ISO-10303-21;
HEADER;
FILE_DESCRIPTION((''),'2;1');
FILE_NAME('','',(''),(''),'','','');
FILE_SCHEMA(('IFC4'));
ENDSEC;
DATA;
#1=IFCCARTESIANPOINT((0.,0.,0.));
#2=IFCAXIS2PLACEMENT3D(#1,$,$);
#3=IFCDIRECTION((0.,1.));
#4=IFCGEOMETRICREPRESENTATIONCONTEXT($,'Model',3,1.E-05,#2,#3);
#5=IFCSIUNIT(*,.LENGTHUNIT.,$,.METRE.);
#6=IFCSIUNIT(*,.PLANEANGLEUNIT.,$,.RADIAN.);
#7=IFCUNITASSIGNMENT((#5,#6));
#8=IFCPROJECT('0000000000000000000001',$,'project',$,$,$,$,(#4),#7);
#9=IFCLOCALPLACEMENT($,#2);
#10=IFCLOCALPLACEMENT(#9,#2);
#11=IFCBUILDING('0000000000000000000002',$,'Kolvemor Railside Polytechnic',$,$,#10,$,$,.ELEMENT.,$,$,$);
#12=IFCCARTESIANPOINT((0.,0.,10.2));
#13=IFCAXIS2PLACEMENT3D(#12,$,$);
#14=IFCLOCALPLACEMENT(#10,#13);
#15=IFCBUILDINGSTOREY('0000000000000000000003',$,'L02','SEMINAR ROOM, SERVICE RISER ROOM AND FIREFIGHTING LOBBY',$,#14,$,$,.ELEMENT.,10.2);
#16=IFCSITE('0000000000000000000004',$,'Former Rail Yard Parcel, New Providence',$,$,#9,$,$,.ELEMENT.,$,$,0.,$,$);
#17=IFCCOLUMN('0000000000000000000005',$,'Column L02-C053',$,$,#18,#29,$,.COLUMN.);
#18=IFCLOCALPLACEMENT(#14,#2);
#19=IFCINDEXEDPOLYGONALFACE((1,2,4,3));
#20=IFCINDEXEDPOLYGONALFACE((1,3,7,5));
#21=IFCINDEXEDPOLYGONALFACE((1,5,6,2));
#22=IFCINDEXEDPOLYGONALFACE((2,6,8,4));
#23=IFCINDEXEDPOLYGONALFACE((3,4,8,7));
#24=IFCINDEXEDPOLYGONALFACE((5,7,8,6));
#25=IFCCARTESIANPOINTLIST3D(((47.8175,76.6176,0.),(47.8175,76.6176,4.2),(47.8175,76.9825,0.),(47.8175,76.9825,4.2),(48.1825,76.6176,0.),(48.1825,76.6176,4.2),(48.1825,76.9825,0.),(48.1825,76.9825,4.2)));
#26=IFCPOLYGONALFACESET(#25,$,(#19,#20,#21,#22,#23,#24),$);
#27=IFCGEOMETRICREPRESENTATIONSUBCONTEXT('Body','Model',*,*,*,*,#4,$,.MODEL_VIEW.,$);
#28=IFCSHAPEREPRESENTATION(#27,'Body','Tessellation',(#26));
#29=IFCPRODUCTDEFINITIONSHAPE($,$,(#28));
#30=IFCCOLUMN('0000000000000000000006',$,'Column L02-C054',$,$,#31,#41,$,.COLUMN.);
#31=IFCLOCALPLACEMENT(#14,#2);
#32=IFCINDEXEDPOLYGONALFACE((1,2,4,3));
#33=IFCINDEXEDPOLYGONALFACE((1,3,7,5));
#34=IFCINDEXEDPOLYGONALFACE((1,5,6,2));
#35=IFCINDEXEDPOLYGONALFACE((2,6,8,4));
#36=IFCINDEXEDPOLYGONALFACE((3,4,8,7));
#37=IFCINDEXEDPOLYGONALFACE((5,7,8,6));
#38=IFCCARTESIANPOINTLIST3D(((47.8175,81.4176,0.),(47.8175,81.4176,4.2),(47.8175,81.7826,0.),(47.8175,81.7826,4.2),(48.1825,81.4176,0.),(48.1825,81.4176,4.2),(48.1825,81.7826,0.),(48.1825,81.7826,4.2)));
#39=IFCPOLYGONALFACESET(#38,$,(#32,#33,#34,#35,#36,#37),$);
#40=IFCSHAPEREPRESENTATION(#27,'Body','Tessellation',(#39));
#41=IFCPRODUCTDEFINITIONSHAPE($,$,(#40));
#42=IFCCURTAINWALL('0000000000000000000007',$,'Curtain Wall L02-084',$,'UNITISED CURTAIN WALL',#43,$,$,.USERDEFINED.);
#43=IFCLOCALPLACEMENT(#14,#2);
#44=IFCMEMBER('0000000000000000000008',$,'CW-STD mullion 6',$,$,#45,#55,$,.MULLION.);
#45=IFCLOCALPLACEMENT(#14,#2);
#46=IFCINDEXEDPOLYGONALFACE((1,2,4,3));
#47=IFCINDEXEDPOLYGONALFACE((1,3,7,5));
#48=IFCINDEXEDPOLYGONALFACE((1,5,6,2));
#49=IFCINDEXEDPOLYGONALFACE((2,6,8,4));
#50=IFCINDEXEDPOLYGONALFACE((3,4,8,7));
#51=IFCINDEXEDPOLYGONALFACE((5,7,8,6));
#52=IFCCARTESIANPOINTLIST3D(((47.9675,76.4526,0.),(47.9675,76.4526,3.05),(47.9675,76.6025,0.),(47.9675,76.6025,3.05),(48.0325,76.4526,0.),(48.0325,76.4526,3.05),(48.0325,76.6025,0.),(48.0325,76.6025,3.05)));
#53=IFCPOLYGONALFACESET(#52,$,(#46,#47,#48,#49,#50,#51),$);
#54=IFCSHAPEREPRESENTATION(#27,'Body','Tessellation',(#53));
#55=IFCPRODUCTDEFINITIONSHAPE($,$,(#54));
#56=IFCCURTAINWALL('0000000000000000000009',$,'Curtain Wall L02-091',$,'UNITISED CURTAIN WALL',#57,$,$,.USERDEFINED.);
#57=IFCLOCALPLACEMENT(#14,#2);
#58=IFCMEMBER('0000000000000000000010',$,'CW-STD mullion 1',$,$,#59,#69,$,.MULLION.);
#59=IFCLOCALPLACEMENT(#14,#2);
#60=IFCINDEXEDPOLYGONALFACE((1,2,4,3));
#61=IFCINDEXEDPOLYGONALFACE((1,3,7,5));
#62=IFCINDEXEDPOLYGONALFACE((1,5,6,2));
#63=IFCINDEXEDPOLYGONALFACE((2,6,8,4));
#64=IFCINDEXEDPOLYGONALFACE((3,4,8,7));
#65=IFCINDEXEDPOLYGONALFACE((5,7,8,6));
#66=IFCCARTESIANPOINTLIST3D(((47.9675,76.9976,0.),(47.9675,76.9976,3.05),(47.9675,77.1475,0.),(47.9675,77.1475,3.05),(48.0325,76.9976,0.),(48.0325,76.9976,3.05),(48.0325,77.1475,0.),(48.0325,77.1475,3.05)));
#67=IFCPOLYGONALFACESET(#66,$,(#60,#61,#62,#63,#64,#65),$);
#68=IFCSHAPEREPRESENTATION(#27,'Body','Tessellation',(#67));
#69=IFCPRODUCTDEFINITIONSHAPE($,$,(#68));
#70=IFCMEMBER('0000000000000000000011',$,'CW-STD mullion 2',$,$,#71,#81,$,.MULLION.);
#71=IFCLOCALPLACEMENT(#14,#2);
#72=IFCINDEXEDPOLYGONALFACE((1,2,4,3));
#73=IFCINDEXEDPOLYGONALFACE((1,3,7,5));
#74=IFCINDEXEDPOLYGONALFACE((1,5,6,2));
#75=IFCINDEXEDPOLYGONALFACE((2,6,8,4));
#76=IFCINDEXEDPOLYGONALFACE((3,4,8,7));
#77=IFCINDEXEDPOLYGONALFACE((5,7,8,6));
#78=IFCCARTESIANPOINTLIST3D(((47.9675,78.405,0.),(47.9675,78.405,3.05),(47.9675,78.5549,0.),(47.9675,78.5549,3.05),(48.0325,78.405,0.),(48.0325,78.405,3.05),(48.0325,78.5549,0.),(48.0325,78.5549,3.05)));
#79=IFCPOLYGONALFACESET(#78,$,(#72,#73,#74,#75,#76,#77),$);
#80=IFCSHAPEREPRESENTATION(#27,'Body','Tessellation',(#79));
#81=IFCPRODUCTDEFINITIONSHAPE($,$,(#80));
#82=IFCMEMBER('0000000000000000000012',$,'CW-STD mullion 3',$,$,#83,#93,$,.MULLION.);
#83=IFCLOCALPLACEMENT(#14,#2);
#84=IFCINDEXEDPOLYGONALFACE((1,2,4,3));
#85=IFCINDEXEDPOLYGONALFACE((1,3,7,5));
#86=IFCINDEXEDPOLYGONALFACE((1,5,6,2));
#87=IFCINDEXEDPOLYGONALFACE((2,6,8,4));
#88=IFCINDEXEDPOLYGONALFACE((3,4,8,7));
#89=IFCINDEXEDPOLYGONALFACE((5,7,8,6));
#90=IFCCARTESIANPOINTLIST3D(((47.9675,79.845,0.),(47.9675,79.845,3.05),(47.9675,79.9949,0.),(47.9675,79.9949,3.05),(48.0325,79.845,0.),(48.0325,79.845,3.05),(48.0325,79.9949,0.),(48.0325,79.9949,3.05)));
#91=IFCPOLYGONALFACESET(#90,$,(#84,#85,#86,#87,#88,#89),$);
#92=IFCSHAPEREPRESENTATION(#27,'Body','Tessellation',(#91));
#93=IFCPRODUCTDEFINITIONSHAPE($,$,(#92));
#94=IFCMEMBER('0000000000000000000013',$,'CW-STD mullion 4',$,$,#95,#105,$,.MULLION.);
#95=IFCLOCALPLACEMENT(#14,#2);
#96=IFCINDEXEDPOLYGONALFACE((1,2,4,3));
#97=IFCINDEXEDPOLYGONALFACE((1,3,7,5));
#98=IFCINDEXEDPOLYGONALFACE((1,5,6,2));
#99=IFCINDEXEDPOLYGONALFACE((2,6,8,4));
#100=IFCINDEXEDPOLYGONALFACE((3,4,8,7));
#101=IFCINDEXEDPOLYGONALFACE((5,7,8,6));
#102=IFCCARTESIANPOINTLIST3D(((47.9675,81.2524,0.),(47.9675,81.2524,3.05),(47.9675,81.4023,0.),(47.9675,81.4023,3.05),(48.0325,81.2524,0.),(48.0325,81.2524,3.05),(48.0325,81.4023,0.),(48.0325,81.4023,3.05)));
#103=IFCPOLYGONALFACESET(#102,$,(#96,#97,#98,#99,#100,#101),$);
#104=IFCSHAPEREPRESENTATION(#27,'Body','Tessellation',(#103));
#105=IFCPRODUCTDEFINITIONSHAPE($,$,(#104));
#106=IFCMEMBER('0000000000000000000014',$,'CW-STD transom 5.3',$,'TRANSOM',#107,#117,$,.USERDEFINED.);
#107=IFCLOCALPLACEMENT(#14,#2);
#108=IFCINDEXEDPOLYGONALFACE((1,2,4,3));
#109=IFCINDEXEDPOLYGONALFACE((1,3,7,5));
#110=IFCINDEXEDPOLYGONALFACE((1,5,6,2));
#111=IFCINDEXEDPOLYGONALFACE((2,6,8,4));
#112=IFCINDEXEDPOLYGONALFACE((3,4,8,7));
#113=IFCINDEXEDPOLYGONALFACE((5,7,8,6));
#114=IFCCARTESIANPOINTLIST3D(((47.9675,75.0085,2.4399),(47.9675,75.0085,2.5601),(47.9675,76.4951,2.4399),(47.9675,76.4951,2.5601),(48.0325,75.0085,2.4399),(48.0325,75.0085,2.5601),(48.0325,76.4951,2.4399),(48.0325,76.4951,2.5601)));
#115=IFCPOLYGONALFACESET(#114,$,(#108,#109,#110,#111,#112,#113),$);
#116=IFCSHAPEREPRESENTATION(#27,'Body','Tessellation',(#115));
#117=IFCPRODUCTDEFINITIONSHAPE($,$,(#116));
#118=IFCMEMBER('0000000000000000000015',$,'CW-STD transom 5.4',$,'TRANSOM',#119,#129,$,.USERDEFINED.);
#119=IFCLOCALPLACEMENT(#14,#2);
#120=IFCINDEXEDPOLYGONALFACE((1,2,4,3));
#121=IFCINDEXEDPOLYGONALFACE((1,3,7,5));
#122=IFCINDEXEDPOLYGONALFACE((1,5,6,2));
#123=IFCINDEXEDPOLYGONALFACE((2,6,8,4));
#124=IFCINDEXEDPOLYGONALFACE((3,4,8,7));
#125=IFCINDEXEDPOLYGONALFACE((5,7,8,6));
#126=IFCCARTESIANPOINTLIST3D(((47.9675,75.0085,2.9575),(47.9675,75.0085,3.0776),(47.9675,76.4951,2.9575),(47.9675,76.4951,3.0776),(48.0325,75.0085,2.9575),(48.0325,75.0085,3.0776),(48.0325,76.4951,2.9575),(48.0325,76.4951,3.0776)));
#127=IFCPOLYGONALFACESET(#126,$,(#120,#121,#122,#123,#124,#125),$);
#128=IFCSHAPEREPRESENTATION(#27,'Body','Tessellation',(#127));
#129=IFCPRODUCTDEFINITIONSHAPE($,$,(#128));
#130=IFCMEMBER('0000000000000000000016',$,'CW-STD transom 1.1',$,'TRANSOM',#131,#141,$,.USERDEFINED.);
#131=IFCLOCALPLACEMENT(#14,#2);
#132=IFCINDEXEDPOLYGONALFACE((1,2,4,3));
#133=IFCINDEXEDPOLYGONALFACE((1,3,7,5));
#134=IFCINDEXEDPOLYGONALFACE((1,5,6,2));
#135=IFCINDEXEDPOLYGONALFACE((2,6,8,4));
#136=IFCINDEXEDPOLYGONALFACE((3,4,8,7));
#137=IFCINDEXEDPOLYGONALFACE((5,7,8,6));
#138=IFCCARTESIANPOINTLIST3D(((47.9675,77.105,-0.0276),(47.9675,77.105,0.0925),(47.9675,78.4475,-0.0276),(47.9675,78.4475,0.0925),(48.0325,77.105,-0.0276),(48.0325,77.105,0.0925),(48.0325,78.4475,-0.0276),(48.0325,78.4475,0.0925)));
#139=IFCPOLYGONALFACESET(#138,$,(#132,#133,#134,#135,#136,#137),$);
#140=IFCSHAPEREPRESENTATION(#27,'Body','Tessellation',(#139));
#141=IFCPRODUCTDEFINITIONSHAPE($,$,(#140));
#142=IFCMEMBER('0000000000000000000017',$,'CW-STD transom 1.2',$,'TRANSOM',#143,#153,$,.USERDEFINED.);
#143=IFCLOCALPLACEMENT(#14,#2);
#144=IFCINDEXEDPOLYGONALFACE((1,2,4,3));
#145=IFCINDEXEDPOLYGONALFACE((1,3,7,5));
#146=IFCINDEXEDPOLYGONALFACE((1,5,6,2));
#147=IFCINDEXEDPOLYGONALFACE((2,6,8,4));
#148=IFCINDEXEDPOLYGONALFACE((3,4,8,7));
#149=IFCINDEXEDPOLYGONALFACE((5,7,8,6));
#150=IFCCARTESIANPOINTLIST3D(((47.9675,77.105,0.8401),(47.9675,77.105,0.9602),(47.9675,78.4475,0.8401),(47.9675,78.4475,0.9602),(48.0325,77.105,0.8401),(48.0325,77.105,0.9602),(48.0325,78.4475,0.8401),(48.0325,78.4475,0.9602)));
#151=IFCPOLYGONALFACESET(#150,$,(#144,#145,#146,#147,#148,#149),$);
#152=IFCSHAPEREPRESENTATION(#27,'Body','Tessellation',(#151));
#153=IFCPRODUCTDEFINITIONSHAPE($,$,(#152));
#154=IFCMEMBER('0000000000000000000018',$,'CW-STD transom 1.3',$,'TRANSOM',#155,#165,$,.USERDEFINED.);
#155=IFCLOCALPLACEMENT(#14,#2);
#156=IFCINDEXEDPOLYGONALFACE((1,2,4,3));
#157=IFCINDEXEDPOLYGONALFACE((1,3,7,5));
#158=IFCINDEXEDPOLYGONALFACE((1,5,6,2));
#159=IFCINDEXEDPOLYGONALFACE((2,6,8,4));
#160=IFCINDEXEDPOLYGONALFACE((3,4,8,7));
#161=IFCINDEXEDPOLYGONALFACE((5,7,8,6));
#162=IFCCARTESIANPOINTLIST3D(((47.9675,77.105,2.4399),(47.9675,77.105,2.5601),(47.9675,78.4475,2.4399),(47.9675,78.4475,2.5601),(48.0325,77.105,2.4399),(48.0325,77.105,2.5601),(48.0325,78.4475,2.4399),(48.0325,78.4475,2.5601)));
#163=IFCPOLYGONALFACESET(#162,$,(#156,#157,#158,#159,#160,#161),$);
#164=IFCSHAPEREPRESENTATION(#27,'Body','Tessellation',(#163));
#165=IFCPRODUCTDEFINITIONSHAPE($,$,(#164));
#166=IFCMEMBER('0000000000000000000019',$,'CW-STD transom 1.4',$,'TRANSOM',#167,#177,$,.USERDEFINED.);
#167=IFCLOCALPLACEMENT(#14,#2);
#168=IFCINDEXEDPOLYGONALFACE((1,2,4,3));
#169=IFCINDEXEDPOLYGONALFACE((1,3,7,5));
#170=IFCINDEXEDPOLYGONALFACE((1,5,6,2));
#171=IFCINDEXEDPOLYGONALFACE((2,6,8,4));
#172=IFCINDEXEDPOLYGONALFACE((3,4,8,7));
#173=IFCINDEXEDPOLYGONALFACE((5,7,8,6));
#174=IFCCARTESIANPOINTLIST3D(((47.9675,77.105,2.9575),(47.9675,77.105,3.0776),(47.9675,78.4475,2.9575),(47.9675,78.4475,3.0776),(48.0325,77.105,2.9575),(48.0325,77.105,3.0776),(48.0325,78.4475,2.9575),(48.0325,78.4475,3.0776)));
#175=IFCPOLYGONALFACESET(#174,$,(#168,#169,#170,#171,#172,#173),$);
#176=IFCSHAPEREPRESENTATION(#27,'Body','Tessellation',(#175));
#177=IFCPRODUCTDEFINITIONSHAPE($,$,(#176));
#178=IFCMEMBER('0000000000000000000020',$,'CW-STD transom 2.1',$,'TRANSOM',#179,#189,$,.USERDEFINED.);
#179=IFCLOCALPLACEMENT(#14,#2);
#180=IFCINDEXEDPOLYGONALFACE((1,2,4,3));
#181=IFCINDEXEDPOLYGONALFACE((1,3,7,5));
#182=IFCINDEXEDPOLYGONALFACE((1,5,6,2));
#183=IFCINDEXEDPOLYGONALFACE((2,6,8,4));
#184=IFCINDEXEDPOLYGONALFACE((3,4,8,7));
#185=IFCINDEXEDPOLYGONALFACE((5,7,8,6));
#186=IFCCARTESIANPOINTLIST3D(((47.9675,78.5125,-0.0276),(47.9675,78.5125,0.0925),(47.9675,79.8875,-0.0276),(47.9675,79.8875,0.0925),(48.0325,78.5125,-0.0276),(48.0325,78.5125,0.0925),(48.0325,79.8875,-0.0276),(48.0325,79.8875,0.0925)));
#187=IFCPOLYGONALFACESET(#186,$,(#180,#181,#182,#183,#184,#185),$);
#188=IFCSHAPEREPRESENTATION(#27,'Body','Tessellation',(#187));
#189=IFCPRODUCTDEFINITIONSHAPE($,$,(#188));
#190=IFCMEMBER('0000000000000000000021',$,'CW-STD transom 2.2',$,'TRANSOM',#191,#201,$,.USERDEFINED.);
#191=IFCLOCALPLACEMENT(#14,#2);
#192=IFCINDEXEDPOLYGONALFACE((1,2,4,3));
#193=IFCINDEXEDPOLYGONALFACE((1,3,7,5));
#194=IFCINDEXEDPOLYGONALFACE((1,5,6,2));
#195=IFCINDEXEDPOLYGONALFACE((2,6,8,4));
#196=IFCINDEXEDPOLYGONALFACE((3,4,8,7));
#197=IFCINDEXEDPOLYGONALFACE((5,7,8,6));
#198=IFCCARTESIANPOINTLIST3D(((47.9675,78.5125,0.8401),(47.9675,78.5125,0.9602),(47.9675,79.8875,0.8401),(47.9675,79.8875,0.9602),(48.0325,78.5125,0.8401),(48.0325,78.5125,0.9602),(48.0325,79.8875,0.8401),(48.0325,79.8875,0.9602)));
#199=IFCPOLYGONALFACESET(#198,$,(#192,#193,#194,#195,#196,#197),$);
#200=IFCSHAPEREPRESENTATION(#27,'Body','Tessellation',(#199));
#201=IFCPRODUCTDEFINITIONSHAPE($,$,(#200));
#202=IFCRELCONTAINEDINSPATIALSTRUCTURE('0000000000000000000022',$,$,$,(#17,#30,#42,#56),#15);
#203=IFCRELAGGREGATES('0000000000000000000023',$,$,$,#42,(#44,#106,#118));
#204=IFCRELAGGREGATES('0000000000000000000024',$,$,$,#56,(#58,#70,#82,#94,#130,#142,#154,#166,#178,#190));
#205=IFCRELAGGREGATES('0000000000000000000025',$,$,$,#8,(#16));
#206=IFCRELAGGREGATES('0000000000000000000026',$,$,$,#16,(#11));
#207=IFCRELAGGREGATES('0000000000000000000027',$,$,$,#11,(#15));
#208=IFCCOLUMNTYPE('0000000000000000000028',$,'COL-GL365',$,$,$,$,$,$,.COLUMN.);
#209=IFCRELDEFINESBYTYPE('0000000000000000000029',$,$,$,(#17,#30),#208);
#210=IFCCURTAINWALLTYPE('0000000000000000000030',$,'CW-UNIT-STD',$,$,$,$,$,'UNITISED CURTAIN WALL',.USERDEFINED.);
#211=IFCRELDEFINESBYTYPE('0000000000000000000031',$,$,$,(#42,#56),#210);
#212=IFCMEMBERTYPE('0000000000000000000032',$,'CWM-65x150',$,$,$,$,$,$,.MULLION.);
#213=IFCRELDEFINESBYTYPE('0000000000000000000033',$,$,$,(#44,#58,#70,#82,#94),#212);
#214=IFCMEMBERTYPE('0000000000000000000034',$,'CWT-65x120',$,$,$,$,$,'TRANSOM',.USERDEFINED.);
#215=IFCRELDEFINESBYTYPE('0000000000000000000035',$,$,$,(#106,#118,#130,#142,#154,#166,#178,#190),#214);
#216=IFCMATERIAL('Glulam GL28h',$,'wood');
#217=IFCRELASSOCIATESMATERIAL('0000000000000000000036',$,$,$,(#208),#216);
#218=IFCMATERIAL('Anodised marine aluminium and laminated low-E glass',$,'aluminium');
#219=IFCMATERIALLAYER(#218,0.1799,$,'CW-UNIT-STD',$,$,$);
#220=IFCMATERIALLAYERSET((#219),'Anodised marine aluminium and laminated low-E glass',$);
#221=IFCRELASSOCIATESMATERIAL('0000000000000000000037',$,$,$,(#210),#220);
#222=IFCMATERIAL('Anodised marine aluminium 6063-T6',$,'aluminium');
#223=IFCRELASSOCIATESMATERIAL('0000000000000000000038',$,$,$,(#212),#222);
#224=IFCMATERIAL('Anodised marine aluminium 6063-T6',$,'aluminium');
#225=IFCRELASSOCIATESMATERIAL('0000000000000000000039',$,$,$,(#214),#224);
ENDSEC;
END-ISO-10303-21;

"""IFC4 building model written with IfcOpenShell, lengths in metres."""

from ifc_helpers import new_model, si_unit, direction, frame, origin, origin_2d, place, context, subcontext, project, spatial, rectangle, extrude, material, layer, layer_set, material_profile, profile_set, type_object, element, aggregate, save


model = new_model("IFC4")

# Units and contexts
model_context = context("Model", 3, precision=1e-05, world=origin(), true_north=direction((0.0, 1.0)))
body_context = subcontext(model_context, "Body", "Model", "MODEL_VIEW")
ifc_project = project(units=[si_unit("LENGTHUNIT", "METRE"), si_unit("PLANEANGLEUNIT", "RADIAN")], contexts=[model_context])

# Site, building, storey
site_placement = place(None, origin())
site = spatial("IfcSite", under=ifc_project, at=site_placement, Name="Former Rail Yard Parcel, New Providence", CompositionType="ELEMENT", RefElevation=0.0)
building_placement = place(site_placement, origin())
building = spatial("IfcBuilding", under=site, at=building_placement, Name="Kolvemor Railside Polytechnic", CompositionType="ELEMENT")
storey_placement = place(building_placement, frame((0.0, 0.0, 10.2)))
storey = spatial("IfcBuildingStorey", under=building, at=storey_placement, Name="L02", Description="SEMINAR ROOM, SERVICE RISER ROOM AND FIREFIGHTING LOBBY", CompositionType="ELEMENT", Elevation=10.2)

# Columns
ifc_material_1 = material(Name="Glulam GL28h", Category="wood")
ifc_material_profile_1 = material_profile(ifc_material_1, rectangle(XDim=0.365, YDim=0.365, at=origin_2d()), Name="GL365x365")
ifc_profile_set_1 = profile_set([ifc_material_profile_1], Name="Glulam GL28h")
column_type = type_object("IfcColumnType", Name="COL-GL365", PredefinedType="COLUMN", material=ifc_profile_set_1)
for number, where, z_axis, x_axis, name in (
    (1, (48.0, 76.8, 0.0), (0.0, 0.0, 1.0), (1.0, 0.0, 0.0), "Column L02-C053"),
    (2, (48.0, 81.6001, 0.0), (0.0, 0.0, 1.0), (1.0, 0.0, 0.0), "Column L02-C054"),
):
    element("IfcColumn", number, at=place(storey_placement, frame(where, z_axis=z_axis, x_axis=x_axis)), inside=storey, type_object=column_type, Name=name, PredefinedType="COLUMN", context=body_context, shape_type="SweptSolid", body=[
        extrude(rectangle(XDim=0.365, YDim=0.365, at=origin_2d()), origin(), (0.0, 0.0, 1.0), 4.2),
    ])

# Curtain wall, member
ifc_material_2 = material(Name="Anodised marine aluminium and laminated low-E glass", Category="aluminium")
ifc_layer_1 = layer(ifc_material_2, 0.1799, Name="CW-UNIT-STD")
ifc_layer_set_1 = layer_set([ifc_layer_1], Name="Anodised marine aluminium and laminated low-E glass")
curtain_wall_type = type_object("IfcCurtainWallType", Name="CW-UNIT-STD", ElementType="UNITISED CURTAIN WALL", PredefinedType="USERDEFINED", material=ifc_layer_set_1)
curtain_wall_1_placement = place(storey_placement, origin())
curtain_wall_1 = element("IfcCurtainWall", 3, at=curtain_wall_1_placement, inside=storey, type_object=curtain_wall_type, Name="Curtain Wall L02-084", ObjectType="UNITISED CURTAIN WALL", PredefinedType="USERDEFINED")
ifc_material_3 = material(Name="Anodised marine aluminium 6063-T6", Category="aluminium")
ifc_material_profile_2 = material_profile(ifc_material_3, rectangle(XDim=0.0649, YDim=0.1499, at=origin_2d()), Name="CW-MUL-65x150")
ifc_profile_set_2 = profile_set([ifc_material_profile_2], Name="Anodised marine aluminium 6063-T6")
member_type_1 = type_object("IfcMemberType", Name="CWM-65x150", PredefinedType="MULLION", material=ifc_profile_set_2)
member_1_placement = place(storey_placement, frame((48.0, 76.5276, 0.0), z_axis=(0.0, 0.0, 1.0), x_axis=(-1.0, 0.0, 0.0)))
member_1 = element("IfcMember", 4, at=member_1_placement, type_object=member_type_1, Name="CW-STD mullion 6", PredefinedType="MULLION", context=body_context, shape_type="SweptSolid", body=[
    extrude(rectangle(XDim=0.0649, YDim=0.1499, at=origin_2d()), origin(), (0.0, 0.0, 1.0), 3.05),
])

# Curtain wall, members
curtain_wall_2_placement = place(storey_placement, origin())
curtain_wall_2 = element("IfcCurtainWall", 5, at=curtain_wall_2_placement, inside=storey, type_object=curtain_wall_type, Name="Curtain Wall L02-091", ObjectType="UNITISED CURTAIN WALL", PredefinedType="USERDEFINED")
member_2_placement = place(storey_placement, frame((48.0, 77.0725, 0.0), z_axis=(0.0, 0.0, 1.0), x_axis=(-1.0, 0.0, 0.0)))
member_2 = element("IfcMember", 6, at=member_2_placement, type_object=member_type_1, Name="CW-STD mullion 1", PredefinedType="MULLION", context=body_context, shape_type="SweptSolid", body=[
    extrude(rectangle(XDim=0.0649, YDim=0.1499, at=origin_2d()), origin(), (0.0, 0.0, 1.0), 3.05),
])
member_3_placement = place(storey_placement, frame((48.0, 78.48, 0.0), z_axis=(0.0, 0.0, 1.0), x_axis=(-1.0, 0.0, 0.0)))
member_3 = element("IfcMember", 7, at=member_3_placement, type_object=member_type_1, Name="CW-STD mullion 2", PredefinedType="MULLION", context=body_context, shape_type="SweptSolid", body=[
    extrude(rectangle(XDim=0.0649, YDim=0.1499, at=origin_2d()), origin(), (0.0, 0.0, 1.0), 3.05),
])
member_4_placement = place(storey_placement, frame((48.0, 79.9199, 0.0), z_axis=(0.0, 0.0, 1.0), x_axis=(-1.0, 0.0, 0.0)))
member_4 = element("IfcMember", 8, at=member_4_placement, type_object=member_type_1, Name="CW-STD mullion 3", PredefinedType="MULLION", context=body_context, shape_type="SweptSolid", body=[
    extrude(rectangle(XDim=0.0649, YDim=0.1499, at=origin_2d()), origin(), (0.0, 0.0, 1.0), 3.05),
])
member_5_placement = place(storey_placement, frame((48.0, 81.3274, 0.0), z_axis=(0.0, 0.0, 1.0), x_axis=(-1.0, 0.0, 0.0)))
member_5 = element("IfcMember", 9, at=member_5_placement, type_object=member_type_1, Name="CW-STD mullion 4", PredefinedType="MULLION", context=body_context, shape_type="SweptSolid", body=[
    extrude(rectangle(XDim=0.0649, YDim=0.1499, at=origin_2d()), origin(), (0.0, 0.0, 1.0), 3.05),
])

# Members
ifc_material_4 = material(Name="Anodised marine aluminium 6063-T6", Category="aluminium")
ifc_material_profile_3 = material_profile(ifc_material_4, rectangle(XDim=0.0649, YDim=0.1201, at=origin_2d()), Name="CW-TRN-65x120")
ifc_profile_set_3 = profile_set([ifc_material_profile_3], Name="Anodised marine aluminium 6063-T6")
member_type_2 = type_object("IfcMemberType", Name="CWT-65x120", ElementType="TRANSOM", PredefinedType="USERDEFINED", material=ifc_profile_set_3)
member_6_placement = place(storey_placement, frame((48.0, 75.0085, 2.5), z_axis=(0.0, 1.0, 0.0), x_axis=(-1.0, 0.0, 0.0)))
member_6 = element("IfcMember", 10, at=member_6_placement, type_object=member_type_2, Name="CW-STD transom 5.3", ObjectType="TRANSOM", PredefinedType="USERDEFINED", context=body_context, shape_type="SweptSolid", body=[
    extrude(rectangle(XDim=0.0649, YDim=0.1201, at=origin_2d()), origin(), (0.0, 0.0, 1.0), 1.4866),
])
member_7_placement = place(storey_placement, frame((48.0, 75.0085, 3.0176), z_axis=(0.0, 1.0, 0.0), x_axis=(-1.0, 0.0, 0.0)))
member_7 = element("IfcMember", 11, at=member_7_placement, type_object=member_type_2, Name="CW-STD transom 5.4", ObjectType="TRANSOM", PredefinedType="USERDEFINED", context=body_context, shape_type="SweptSolid", body=[
    extrude(rectangle(XDim=0.0649, YDim=0.1201, at=origin_2d()), origin(), (0.0, 0.0, 1.0), 1.4866),
])
member_8_placement = place(storey_placement, frame((48.0, 77.105, 0.0325), z_axis=(0.0, 1.0, 0.0), x_axis=(-1.0, 0.0, 0.0)))
member_8 = element("IfcMember", 12, at=member_8_placement, type_object=member_type_2, Name="CW-STD transom 1.1", ObjectType="TRANSOM", PredefinedType="USERDEFINED", context=body_context, shape_type="SweptSolid", body=[
    extrude(rectangle(XDim=0.0649, YDim=0.1201, at=origin_2d()), origin(), (0.0, 0.0, 1.0), 1.3425),
])
member_9_placement = place(storey_placement, frame((48.0, 77.105, 0.9001), z_axis=(0.0, 1.0, 0.0), x_axis=(-1.0, 0.0, 0.0)))
member_9 = element("IfcMember", 13, at=member_9_placement, type_object=member_type_2, Name="CW-STD transom 1.2", ObjectType="TRANSOM", PredefinedType="USERDEFINED", context=body_context, shape_type="SweptSolid", body=[
    extrude(rectangle(XDim=0.0649, YDim=0.1201, at=origin_2d()), origin(), (0.0, 0.0, 1.0), 1.3425),
])
member_10_placement = place(storey_placement, frame((48.0, 77.105, 2.5), z_axis=(0.0, 1.0, 0.0), x_axis=(-1.0, 0.0, 0.0)))
member_10 = element("IfcMember", 14, at=member_10_placement, type_object=member_type_2, Name="CW-STD transom 1.3", ObjectType="TRANSOM", PredefinedType="USERDEFINED", context=body_context, shape_type="SweptSolid", body=[
    extrude(rectangle(XDim=0.0649, YDim=0.1201, at=origin_2d()), origin(), (0.0, 0.0, 1.0), 1.3425),
])
member_11_placement = place(storey_placement, frame((48.0, 77.105, 3.0176), z_axis=(0.0, 1.0, 0.0), x_axis=(-1.0, 0.0, 0.0)))
member_11 = element("IfcMember", 15, at=member_11_placement, type_object=member_type_2, Name="CW-STD transom 1.4", ObjectType="TRANSOM", PredefinedType="USERDEFINED", context=body_context, shape_type="SweptSolid", body=[
    extrude(rectangle(XDim=0.0649, YDim=0.1201, at=origin_2d()), origin(), (0.0, 0.0, 1.0), 1.3425),
])
member_12_placement = place(storey_placement, frame((48.0, 78.5125, 0.0325), z_axis=(0.0, 1.0, 0.0), x_axis=(-1.0, 0.0, 0.0)))
member_12 = element("IfcMember", 16, at=member_12_placement, type_object=member_type_2, Name="CW-STD transom 2.1", ObjectType="TRANSOM", PredefinedType="USERDEFINED", context=body_context, shape_type="SweptSolid", body=[
    extrude(rectangle(XDim=0.0649, YDim=0.1201, at=origin_2d()), origin(), (0.0, 0.0, 1.0), 1.375),
])
member_13_placement = place(storey_placement, frame((48.0, 78.5125, 0.9001), z_axis=(0.0, 1.0, 0.0), x_axis=(-1.0, 0.0, 0.0)))
member_13 = element("IfcMember", 17, at=member_13_placement, type_object=member_type_2, Name="CW-STD transom 2.2", ObjectType="TRANSOM", PredefinedType="USERDEFINED", context=body_context, shape_type="SweptSolid", body=[
    extrude(rectangle(XDim=0.0649, YDim=0.1201, at=origin_2d()), origin(), (0.0, 0.0, 1.0), 1.375),
])

aggregate(curtain_wall_1, [member_1, member_6, member_7])
aggregate(curtain_wall_2, [member_2, member_3, member_4, member_5, member_8, member_9, member_10, member_11, member_12, member_13])

save(model, "model.ifc")
